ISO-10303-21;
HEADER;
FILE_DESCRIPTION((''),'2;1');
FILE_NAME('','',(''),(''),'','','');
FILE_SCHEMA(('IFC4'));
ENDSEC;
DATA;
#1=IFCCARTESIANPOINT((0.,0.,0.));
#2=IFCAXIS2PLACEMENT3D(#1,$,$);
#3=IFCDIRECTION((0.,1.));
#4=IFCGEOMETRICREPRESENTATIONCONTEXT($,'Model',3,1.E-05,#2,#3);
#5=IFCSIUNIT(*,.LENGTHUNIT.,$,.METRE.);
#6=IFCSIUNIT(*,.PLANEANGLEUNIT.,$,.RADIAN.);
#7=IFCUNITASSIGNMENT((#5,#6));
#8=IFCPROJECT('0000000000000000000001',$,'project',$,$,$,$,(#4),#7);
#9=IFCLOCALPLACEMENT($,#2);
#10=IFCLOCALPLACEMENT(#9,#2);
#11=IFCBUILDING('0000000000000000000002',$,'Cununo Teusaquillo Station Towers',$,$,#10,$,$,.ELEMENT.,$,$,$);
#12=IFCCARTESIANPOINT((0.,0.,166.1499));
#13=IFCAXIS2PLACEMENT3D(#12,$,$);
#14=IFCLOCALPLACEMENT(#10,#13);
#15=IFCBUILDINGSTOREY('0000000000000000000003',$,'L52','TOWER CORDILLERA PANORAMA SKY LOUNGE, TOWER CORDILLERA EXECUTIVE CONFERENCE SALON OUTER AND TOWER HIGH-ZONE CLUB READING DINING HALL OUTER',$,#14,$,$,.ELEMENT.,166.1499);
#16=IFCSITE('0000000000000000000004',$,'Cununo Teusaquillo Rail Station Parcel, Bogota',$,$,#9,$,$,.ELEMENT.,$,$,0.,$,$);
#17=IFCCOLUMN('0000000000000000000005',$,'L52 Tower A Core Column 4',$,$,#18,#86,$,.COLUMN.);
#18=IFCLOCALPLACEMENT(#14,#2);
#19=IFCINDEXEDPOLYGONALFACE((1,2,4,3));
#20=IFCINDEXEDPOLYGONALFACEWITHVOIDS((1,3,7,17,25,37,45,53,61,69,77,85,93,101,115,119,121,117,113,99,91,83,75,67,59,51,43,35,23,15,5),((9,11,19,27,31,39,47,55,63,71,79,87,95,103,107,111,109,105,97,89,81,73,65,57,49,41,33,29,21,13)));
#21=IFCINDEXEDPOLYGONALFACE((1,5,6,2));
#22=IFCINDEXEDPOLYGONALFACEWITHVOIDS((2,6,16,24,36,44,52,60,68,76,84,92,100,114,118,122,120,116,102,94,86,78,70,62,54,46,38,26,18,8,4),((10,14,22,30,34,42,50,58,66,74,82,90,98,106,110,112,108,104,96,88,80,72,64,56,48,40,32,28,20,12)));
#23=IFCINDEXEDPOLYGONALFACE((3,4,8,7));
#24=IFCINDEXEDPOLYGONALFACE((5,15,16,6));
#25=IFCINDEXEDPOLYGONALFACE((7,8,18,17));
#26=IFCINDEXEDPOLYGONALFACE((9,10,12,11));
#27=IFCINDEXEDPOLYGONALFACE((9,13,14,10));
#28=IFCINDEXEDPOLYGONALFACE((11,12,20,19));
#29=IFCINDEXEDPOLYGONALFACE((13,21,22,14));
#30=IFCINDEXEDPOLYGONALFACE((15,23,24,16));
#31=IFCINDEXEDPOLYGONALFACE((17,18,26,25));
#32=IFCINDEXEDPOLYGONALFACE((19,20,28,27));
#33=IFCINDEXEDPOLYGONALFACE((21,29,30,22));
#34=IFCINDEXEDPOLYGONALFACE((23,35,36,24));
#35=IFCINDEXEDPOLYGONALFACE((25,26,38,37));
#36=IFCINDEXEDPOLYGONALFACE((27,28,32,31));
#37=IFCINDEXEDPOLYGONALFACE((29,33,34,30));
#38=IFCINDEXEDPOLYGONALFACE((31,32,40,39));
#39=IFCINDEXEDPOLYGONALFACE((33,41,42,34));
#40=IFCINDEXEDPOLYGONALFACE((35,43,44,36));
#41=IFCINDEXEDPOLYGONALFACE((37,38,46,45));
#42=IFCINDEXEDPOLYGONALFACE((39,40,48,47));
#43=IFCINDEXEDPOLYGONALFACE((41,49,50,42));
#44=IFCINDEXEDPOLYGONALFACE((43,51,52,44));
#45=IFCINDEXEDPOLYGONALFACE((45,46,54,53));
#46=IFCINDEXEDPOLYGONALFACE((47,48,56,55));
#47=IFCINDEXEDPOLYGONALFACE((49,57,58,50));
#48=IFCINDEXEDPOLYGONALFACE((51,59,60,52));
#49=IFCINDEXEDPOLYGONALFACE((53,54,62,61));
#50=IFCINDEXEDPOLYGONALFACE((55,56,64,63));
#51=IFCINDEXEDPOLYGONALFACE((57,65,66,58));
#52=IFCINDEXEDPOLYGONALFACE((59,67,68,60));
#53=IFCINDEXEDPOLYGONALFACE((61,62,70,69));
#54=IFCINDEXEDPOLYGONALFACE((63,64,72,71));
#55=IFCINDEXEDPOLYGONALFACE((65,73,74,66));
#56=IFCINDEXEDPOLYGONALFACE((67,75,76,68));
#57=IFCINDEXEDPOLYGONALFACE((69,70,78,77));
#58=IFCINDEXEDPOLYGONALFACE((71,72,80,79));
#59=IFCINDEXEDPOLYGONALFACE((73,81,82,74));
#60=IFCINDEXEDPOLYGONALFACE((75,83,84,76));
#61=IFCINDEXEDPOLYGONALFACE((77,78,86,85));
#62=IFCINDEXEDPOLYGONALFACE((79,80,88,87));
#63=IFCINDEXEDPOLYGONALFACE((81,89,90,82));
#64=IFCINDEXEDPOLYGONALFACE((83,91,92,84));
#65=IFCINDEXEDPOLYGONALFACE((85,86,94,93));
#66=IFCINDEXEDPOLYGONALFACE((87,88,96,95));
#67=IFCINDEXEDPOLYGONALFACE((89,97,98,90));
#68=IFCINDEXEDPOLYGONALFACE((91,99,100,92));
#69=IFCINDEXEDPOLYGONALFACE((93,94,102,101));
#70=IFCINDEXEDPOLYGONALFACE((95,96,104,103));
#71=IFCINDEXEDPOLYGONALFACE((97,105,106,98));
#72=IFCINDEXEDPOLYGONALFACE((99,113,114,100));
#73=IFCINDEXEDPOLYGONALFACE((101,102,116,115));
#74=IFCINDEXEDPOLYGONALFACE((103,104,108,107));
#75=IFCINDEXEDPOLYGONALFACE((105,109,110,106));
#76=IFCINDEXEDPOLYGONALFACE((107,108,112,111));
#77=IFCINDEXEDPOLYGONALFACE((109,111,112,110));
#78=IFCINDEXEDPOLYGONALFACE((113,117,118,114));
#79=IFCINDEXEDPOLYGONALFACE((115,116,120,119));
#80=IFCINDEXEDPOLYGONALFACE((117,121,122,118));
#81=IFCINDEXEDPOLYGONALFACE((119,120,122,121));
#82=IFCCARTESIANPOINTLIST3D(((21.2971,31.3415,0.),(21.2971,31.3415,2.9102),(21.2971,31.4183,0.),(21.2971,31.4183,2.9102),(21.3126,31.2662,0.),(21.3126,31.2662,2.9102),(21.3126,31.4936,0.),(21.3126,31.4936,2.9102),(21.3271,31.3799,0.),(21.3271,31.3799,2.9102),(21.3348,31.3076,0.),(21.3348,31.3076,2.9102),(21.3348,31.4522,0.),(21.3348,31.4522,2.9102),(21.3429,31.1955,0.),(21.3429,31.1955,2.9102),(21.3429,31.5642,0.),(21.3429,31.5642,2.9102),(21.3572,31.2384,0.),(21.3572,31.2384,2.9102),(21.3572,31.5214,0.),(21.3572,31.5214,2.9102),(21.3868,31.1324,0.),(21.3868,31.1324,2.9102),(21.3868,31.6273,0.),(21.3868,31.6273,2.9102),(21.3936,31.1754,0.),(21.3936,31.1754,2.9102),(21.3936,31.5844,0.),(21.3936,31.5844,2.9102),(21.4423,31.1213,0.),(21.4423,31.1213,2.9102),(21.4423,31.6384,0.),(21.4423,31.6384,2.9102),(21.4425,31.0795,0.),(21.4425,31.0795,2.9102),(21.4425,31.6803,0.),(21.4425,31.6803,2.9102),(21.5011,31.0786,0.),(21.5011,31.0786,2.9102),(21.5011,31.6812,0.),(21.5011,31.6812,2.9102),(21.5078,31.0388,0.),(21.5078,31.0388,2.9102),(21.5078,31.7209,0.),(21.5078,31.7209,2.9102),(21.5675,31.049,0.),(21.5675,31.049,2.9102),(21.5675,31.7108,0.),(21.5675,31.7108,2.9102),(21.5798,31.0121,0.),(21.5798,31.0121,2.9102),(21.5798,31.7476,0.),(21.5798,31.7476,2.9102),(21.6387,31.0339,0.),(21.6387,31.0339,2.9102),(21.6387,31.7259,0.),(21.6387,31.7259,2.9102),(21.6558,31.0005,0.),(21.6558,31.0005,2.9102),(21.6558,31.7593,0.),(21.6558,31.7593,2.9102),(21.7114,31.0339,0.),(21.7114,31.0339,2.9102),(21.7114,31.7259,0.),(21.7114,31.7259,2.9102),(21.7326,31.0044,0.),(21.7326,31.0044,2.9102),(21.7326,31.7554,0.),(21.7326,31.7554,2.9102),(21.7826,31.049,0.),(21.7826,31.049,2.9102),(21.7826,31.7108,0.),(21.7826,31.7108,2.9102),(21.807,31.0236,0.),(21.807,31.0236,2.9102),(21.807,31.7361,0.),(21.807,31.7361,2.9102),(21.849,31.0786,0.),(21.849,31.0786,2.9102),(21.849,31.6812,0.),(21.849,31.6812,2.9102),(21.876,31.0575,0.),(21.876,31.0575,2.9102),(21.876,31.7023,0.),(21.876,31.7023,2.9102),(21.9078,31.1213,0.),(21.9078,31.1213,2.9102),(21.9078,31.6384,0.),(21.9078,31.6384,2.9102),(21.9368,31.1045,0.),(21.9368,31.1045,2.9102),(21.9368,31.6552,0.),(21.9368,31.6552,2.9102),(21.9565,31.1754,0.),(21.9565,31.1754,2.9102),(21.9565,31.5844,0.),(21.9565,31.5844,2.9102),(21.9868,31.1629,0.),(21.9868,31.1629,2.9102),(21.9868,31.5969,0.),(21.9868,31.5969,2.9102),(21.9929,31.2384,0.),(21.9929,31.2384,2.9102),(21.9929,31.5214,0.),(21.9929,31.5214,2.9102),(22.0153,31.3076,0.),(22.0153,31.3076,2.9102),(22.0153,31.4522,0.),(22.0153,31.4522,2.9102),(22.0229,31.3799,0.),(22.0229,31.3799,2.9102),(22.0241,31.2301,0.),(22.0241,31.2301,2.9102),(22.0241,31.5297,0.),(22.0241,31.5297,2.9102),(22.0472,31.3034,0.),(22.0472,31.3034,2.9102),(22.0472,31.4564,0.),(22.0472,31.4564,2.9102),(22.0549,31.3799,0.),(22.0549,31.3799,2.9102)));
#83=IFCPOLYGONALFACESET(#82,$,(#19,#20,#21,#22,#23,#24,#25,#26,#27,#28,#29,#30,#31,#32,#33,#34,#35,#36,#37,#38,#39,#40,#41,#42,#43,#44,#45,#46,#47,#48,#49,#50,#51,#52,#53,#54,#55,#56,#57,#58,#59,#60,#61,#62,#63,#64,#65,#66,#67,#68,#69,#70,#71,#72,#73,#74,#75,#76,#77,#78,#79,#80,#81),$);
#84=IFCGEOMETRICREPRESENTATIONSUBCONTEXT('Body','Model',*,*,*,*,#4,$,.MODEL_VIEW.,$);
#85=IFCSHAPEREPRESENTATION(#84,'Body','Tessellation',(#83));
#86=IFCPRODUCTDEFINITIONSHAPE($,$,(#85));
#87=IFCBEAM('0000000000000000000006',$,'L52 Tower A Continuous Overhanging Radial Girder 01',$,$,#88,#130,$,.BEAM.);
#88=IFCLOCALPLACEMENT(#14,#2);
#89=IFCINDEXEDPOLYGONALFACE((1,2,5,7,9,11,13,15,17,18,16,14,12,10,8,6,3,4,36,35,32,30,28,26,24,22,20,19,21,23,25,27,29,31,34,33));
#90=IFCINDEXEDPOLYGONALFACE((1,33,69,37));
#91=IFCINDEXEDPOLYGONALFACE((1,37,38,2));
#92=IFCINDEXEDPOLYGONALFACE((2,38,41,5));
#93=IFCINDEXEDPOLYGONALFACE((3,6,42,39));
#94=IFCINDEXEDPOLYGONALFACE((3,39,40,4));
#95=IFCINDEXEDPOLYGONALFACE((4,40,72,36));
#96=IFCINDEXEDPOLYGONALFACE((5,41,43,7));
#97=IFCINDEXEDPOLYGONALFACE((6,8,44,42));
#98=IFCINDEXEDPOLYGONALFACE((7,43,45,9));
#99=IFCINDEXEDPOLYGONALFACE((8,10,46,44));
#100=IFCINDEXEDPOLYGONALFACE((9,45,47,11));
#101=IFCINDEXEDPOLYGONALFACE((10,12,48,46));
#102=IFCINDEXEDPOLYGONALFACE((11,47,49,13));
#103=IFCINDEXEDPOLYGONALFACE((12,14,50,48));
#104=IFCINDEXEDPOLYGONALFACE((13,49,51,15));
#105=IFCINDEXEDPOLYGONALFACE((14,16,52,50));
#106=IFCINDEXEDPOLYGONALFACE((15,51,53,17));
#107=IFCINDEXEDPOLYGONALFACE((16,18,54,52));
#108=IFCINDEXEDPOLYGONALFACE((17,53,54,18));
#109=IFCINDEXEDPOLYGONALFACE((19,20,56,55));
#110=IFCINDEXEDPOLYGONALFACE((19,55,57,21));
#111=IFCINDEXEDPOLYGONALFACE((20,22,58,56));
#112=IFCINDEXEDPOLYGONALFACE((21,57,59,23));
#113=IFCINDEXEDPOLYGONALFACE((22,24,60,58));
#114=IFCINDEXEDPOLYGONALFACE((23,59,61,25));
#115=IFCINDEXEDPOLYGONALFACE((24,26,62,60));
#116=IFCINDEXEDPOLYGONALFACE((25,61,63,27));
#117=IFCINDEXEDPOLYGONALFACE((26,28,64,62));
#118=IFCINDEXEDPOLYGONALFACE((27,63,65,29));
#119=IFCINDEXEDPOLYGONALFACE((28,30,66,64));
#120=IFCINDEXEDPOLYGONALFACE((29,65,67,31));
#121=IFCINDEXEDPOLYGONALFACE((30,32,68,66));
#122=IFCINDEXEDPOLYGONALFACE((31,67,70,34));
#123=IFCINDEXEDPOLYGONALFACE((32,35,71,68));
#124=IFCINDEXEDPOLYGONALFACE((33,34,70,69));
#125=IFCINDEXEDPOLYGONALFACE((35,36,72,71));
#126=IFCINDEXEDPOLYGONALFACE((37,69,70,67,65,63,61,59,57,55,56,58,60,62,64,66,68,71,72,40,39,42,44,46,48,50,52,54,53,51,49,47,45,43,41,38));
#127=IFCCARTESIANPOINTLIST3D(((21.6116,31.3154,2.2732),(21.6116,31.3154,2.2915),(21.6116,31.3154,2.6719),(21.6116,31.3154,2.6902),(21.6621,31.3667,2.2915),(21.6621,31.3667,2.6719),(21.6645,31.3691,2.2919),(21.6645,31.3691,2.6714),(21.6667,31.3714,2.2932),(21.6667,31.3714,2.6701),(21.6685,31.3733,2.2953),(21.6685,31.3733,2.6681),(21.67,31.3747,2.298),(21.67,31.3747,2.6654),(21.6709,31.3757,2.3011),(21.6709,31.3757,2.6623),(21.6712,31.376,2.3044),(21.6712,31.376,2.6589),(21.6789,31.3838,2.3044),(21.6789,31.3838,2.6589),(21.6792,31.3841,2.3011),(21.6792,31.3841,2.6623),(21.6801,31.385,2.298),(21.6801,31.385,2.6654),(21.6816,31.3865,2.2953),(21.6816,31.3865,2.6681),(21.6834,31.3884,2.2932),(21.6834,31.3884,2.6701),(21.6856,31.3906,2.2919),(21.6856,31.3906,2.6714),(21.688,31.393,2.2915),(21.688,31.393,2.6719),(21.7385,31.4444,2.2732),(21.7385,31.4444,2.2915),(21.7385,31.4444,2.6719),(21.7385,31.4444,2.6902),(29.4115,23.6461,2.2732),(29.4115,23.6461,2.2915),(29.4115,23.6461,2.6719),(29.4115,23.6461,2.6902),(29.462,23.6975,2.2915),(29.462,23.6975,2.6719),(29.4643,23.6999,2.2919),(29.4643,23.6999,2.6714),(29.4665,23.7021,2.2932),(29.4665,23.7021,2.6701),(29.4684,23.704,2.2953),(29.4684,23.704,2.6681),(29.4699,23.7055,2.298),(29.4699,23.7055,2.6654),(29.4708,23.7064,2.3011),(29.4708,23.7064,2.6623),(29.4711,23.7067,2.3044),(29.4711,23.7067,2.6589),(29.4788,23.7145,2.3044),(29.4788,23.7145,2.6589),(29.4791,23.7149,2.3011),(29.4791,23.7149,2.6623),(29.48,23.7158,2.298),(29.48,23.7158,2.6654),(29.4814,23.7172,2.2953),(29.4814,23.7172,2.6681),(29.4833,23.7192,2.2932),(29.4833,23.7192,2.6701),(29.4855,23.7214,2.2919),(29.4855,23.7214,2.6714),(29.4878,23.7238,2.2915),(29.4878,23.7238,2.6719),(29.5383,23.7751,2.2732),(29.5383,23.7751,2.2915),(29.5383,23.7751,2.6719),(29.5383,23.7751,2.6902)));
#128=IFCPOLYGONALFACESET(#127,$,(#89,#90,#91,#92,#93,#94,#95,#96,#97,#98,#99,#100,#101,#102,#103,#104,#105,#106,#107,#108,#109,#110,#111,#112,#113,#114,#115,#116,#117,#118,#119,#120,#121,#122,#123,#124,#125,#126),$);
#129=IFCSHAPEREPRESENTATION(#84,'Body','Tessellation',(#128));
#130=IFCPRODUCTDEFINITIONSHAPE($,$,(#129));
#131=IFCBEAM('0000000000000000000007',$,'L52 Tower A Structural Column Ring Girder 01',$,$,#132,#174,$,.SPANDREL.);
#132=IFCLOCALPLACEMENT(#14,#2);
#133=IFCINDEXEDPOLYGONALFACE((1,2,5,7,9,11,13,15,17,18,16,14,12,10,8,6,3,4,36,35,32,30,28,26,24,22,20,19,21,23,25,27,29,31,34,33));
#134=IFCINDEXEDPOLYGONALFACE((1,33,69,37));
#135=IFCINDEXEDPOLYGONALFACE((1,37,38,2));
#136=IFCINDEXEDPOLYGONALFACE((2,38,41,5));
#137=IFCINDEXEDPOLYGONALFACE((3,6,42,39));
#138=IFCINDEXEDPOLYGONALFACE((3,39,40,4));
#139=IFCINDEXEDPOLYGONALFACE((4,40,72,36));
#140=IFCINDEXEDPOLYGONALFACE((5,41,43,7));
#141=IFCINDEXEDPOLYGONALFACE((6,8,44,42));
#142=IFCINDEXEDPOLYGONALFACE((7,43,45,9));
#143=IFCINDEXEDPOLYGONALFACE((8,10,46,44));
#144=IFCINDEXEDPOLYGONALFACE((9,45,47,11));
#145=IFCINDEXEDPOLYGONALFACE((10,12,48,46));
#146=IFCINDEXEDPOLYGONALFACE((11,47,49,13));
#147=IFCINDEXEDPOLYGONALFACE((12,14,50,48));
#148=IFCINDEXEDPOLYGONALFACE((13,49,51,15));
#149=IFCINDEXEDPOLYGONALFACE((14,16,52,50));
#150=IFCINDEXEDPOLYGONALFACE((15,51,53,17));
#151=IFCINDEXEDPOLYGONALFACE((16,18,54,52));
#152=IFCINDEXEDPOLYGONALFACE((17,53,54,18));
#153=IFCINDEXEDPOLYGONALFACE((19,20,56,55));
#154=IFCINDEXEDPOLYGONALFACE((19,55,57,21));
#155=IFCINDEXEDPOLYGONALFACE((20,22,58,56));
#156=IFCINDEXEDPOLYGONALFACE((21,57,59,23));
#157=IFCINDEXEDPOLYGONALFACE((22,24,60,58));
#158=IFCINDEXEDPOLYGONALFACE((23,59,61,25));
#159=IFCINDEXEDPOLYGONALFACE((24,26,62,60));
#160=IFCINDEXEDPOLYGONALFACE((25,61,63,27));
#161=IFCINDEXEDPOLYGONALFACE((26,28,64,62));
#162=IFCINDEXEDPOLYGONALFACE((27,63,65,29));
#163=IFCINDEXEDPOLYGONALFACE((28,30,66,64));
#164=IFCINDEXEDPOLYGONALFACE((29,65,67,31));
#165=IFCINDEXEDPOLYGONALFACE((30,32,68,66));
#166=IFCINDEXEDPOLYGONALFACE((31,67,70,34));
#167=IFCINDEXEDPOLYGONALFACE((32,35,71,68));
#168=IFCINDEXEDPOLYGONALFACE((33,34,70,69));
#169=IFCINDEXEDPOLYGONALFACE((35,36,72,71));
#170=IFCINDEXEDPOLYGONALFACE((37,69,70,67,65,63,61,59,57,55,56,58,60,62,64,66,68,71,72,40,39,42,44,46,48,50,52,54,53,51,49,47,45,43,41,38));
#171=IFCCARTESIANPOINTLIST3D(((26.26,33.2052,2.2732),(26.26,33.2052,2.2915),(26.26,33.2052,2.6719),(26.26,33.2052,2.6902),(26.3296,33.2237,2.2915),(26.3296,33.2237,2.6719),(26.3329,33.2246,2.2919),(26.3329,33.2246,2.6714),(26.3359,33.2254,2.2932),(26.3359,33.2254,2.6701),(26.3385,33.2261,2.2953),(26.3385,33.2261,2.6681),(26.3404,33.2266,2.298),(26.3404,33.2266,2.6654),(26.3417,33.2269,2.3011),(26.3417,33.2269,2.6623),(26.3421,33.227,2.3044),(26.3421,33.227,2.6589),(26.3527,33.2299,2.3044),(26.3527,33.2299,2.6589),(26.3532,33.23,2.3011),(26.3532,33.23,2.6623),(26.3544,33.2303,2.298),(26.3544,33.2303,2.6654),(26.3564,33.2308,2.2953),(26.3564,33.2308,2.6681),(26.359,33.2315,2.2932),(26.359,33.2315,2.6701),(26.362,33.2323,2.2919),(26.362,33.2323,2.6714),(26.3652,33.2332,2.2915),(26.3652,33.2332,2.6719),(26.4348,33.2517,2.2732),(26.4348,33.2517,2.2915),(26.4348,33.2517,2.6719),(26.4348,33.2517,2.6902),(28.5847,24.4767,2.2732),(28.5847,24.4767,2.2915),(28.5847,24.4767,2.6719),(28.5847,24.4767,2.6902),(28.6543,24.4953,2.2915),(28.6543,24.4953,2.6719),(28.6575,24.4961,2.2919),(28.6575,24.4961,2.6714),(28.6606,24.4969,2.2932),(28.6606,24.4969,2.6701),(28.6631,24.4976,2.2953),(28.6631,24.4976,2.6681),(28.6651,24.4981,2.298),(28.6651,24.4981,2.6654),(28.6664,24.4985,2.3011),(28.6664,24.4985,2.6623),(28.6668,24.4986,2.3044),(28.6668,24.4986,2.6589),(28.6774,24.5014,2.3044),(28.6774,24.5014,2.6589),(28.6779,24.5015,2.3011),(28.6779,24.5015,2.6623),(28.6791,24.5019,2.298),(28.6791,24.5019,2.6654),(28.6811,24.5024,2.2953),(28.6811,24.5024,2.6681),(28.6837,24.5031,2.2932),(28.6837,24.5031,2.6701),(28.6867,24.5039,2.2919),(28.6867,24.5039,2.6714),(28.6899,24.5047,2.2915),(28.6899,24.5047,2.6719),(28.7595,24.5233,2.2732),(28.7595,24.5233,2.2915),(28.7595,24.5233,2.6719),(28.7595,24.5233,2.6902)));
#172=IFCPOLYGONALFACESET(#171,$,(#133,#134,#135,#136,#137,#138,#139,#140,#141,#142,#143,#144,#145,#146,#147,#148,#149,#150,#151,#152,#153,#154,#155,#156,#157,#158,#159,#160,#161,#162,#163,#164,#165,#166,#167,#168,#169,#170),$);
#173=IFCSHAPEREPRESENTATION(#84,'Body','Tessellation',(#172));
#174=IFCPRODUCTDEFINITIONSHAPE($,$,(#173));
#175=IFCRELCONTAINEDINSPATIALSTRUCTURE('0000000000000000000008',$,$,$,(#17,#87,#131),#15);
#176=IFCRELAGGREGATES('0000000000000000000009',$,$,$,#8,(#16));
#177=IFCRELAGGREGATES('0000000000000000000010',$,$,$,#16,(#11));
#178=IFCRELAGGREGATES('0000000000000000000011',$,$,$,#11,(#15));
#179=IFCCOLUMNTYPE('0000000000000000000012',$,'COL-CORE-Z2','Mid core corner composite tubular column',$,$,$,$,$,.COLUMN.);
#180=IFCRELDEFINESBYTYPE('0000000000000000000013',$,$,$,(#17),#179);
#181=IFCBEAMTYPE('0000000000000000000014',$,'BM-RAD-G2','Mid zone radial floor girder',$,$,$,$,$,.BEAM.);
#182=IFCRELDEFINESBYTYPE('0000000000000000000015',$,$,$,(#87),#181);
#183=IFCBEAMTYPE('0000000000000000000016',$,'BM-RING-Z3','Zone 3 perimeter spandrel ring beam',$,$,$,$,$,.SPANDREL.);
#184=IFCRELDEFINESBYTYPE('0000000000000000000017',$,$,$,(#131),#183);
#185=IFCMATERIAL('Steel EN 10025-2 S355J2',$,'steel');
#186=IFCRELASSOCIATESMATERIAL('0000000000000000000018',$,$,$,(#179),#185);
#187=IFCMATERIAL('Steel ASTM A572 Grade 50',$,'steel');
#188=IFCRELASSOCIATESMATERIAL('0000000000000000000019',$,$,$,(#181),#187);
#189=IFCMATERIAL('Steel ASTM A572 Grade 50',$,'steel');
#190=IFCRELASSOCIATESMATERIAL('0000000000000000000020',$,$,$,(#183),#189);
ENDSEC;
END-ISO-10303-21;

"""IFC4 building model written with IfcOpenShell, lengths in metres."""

from ifc_helpers import new_model, si_unit, direction, frame, origin, origin_2d, place, context, subcontext, project, spatial, hollow_circle, i_section, extrude, material, material_profile, profile_set, type_object, element, save


model = new_model("IFC4")

# Units and contexts
model_context = context("Model", 3, precision=1e-05, world=origin(), true_north=direction((0.0, 1.0)))
body_context = subcontext(model_context, "Body", "Model", "MODEL_VIEW")
ifc_project = project(units=[si_unit("LENGTHUNIT", "METRE"), si_unit("PLANEANGLEUNIT", "RADIAN")], contexts=[model_context])

# Site, building, storey
site_placement = place(None, origin())
site = spatial("IfcSite", under=ifc_project, at=site_placement, Name="Cununo Teusaquillo Rail Station Parcel, Bogota", CompositionType="ELEMENT", RefElevation=0.0)
building_placement = place(site_placement, origin())
building = spatial("IfcBuilding", under=site, at=building_placement, Name="Cununo Teusaquillo Station Towers", CompositionType="ELEMENT")
storey_placement = place(building_placement, frame((0.0, 0.0, 166.1499)))
storey = spatial("IfcBuildingStorey", under=building, at=storey_placement, Name="L52", Description="TOWER CORDILLERA PANORAMA SKY LOUNGE, TOWER CORDILLERA EXECUTIVE CONFERENCE SALON OUTER AND TOWER HIGH-ZONE CLUB READING DINING HALL OUTER", CompositionType="ELEMENT", Elevation=166.1499)

# Column
ifc_material_1 = material(Name="Steel EN 10025-2 S355J2", Category="steel")
ifc_material_profile_1 = material_profile(ifc_material_1, hollow_circle(Radius=0.3799, WallThickness=0.032, at=origin_2d()), Name="CHS 760x32")
ifc_profile_set_1 = profile_set([ifc_material_profile_1], Name="Steel EN 10025-2 S355J2")
column_type = type_object("IfcColumnType", Name="COL-CORE-Z2", Description="Mid core corner composite tubular column", PredefinedType="COLUMN", material=ifc_profile_set_1)
column_placement = place(storey_placement, frame((21.675, 31.3799, 0.0), z_axis=(0.0, 0.0, 1.0), x_axis=(1.0, 0.0, 0.0)))
element("IfcColumn", 1, at=column_placement, inside=storey, type_object=column_type, Name="L52 Tower A Core Column 4", PredefinedType="COLUMN", context=body_context, shape_type="SweptSolid", body=[
    extrude(hollow_circle(Radius=0.3799, WallThickness=0.032, at=origin_2d()), origin(), (0.0, 0.0, 1.0), 2.9102),
])

# Beams
ifc_material_2 = material(Name="Steel ASTM A572 Grade 50", Category="steel")
ifc_material_profile_2 = material_profile(ifc_material_2, i_section(OverallWidth=0.1809, OverallDepth=0.417, WebThickness=0.011, FlangeThickness=0.0183, FilletRadius=0.0129, at=origin_2d()), Name="W16X57")
ifc_profile_set_2 = profile_set([ifc_material_profile_2], Name="Steel ASTM A572 Grade 50")
beam_type_1 = type_object("IfcBeamType", Name="BM-RAD-G2", Description="Mid zone radial floor girder", PredefinedType="BEAM", material=ifc_profile_set_2)
beam_1_placement = place(storey_placement, frame((21.675, 31.3799, 2.4817), z_axis=(0.713052, -0.701111, 0.0), x_axis=(0.701111, 0.713052, 0.0)))
element("IfcBeam", 2, at=beam_1_placement, inside=storey, type_object=beam_type_1, Name="L52 Tower A Continuous Overhanging Radial Girder 01", PredefinedType="BEAM", context=body_context, shape_type="SweptSolid", body=[
    extrude(i_section(OverallWidth=0.1809, OverallDepth=0.417, WebThickness=0.011, FlangeThickness=0.0183, FilletRadius=0.0129, at=origin_2d()), origin(), (0.0, 0.0, 1.0), 10.9387),
])
ifc_material_3 = material(Name="Steel ASTM A572 Grade 50", Category="steel")
ifc_material_profile_3 = material_profile(ifc_material_3, i_section(OverallWidth=0.1809, OverallDepth=0.417, WebThickness=0.011, FlangeThickness=0.0183, FilletRadius=0.0129, at=origin_2d()), Name="W16X57")
ifc_profile_set_3 = profile_set([ifc_material_profile_3], Name="Steel ASTM A572 Grade 50")
beam_type_2 = type_object("IfcBeamType", Name="BM-RING-Z3", Description="Zone 3 perimeter spandrel ring beam", PredefinedType="SPANDREL", material=ifc_profile_set_3)
beam_2_placement = place(storey_placement, frame((28.6721, 24.5, 2.4817), z_axis=(-0.257363, 0.966315, 0.0), x_axis=(-0.966315, -0.257363, 0.0)))
element("IfcBeam", 3, at=beam_2_placement, inside=storey, type_object=beam_type_2, Name="L52 Tower A Structural Column Ring Girder 01", PredefinedType="SPANDREL", context=body_context, shape_type="SweptSolid", body=[
    extrude(i_section(OverallWidth=0.1809, OverallDepth=0.417, WebThickness=0.011, FlangeThickness=0.0183, FilletRadius=0.0129, at=origin_2d()), origin(), (0.0, 0.0, 1.0), 9.0327),
])

save(model, "model.ifc")
